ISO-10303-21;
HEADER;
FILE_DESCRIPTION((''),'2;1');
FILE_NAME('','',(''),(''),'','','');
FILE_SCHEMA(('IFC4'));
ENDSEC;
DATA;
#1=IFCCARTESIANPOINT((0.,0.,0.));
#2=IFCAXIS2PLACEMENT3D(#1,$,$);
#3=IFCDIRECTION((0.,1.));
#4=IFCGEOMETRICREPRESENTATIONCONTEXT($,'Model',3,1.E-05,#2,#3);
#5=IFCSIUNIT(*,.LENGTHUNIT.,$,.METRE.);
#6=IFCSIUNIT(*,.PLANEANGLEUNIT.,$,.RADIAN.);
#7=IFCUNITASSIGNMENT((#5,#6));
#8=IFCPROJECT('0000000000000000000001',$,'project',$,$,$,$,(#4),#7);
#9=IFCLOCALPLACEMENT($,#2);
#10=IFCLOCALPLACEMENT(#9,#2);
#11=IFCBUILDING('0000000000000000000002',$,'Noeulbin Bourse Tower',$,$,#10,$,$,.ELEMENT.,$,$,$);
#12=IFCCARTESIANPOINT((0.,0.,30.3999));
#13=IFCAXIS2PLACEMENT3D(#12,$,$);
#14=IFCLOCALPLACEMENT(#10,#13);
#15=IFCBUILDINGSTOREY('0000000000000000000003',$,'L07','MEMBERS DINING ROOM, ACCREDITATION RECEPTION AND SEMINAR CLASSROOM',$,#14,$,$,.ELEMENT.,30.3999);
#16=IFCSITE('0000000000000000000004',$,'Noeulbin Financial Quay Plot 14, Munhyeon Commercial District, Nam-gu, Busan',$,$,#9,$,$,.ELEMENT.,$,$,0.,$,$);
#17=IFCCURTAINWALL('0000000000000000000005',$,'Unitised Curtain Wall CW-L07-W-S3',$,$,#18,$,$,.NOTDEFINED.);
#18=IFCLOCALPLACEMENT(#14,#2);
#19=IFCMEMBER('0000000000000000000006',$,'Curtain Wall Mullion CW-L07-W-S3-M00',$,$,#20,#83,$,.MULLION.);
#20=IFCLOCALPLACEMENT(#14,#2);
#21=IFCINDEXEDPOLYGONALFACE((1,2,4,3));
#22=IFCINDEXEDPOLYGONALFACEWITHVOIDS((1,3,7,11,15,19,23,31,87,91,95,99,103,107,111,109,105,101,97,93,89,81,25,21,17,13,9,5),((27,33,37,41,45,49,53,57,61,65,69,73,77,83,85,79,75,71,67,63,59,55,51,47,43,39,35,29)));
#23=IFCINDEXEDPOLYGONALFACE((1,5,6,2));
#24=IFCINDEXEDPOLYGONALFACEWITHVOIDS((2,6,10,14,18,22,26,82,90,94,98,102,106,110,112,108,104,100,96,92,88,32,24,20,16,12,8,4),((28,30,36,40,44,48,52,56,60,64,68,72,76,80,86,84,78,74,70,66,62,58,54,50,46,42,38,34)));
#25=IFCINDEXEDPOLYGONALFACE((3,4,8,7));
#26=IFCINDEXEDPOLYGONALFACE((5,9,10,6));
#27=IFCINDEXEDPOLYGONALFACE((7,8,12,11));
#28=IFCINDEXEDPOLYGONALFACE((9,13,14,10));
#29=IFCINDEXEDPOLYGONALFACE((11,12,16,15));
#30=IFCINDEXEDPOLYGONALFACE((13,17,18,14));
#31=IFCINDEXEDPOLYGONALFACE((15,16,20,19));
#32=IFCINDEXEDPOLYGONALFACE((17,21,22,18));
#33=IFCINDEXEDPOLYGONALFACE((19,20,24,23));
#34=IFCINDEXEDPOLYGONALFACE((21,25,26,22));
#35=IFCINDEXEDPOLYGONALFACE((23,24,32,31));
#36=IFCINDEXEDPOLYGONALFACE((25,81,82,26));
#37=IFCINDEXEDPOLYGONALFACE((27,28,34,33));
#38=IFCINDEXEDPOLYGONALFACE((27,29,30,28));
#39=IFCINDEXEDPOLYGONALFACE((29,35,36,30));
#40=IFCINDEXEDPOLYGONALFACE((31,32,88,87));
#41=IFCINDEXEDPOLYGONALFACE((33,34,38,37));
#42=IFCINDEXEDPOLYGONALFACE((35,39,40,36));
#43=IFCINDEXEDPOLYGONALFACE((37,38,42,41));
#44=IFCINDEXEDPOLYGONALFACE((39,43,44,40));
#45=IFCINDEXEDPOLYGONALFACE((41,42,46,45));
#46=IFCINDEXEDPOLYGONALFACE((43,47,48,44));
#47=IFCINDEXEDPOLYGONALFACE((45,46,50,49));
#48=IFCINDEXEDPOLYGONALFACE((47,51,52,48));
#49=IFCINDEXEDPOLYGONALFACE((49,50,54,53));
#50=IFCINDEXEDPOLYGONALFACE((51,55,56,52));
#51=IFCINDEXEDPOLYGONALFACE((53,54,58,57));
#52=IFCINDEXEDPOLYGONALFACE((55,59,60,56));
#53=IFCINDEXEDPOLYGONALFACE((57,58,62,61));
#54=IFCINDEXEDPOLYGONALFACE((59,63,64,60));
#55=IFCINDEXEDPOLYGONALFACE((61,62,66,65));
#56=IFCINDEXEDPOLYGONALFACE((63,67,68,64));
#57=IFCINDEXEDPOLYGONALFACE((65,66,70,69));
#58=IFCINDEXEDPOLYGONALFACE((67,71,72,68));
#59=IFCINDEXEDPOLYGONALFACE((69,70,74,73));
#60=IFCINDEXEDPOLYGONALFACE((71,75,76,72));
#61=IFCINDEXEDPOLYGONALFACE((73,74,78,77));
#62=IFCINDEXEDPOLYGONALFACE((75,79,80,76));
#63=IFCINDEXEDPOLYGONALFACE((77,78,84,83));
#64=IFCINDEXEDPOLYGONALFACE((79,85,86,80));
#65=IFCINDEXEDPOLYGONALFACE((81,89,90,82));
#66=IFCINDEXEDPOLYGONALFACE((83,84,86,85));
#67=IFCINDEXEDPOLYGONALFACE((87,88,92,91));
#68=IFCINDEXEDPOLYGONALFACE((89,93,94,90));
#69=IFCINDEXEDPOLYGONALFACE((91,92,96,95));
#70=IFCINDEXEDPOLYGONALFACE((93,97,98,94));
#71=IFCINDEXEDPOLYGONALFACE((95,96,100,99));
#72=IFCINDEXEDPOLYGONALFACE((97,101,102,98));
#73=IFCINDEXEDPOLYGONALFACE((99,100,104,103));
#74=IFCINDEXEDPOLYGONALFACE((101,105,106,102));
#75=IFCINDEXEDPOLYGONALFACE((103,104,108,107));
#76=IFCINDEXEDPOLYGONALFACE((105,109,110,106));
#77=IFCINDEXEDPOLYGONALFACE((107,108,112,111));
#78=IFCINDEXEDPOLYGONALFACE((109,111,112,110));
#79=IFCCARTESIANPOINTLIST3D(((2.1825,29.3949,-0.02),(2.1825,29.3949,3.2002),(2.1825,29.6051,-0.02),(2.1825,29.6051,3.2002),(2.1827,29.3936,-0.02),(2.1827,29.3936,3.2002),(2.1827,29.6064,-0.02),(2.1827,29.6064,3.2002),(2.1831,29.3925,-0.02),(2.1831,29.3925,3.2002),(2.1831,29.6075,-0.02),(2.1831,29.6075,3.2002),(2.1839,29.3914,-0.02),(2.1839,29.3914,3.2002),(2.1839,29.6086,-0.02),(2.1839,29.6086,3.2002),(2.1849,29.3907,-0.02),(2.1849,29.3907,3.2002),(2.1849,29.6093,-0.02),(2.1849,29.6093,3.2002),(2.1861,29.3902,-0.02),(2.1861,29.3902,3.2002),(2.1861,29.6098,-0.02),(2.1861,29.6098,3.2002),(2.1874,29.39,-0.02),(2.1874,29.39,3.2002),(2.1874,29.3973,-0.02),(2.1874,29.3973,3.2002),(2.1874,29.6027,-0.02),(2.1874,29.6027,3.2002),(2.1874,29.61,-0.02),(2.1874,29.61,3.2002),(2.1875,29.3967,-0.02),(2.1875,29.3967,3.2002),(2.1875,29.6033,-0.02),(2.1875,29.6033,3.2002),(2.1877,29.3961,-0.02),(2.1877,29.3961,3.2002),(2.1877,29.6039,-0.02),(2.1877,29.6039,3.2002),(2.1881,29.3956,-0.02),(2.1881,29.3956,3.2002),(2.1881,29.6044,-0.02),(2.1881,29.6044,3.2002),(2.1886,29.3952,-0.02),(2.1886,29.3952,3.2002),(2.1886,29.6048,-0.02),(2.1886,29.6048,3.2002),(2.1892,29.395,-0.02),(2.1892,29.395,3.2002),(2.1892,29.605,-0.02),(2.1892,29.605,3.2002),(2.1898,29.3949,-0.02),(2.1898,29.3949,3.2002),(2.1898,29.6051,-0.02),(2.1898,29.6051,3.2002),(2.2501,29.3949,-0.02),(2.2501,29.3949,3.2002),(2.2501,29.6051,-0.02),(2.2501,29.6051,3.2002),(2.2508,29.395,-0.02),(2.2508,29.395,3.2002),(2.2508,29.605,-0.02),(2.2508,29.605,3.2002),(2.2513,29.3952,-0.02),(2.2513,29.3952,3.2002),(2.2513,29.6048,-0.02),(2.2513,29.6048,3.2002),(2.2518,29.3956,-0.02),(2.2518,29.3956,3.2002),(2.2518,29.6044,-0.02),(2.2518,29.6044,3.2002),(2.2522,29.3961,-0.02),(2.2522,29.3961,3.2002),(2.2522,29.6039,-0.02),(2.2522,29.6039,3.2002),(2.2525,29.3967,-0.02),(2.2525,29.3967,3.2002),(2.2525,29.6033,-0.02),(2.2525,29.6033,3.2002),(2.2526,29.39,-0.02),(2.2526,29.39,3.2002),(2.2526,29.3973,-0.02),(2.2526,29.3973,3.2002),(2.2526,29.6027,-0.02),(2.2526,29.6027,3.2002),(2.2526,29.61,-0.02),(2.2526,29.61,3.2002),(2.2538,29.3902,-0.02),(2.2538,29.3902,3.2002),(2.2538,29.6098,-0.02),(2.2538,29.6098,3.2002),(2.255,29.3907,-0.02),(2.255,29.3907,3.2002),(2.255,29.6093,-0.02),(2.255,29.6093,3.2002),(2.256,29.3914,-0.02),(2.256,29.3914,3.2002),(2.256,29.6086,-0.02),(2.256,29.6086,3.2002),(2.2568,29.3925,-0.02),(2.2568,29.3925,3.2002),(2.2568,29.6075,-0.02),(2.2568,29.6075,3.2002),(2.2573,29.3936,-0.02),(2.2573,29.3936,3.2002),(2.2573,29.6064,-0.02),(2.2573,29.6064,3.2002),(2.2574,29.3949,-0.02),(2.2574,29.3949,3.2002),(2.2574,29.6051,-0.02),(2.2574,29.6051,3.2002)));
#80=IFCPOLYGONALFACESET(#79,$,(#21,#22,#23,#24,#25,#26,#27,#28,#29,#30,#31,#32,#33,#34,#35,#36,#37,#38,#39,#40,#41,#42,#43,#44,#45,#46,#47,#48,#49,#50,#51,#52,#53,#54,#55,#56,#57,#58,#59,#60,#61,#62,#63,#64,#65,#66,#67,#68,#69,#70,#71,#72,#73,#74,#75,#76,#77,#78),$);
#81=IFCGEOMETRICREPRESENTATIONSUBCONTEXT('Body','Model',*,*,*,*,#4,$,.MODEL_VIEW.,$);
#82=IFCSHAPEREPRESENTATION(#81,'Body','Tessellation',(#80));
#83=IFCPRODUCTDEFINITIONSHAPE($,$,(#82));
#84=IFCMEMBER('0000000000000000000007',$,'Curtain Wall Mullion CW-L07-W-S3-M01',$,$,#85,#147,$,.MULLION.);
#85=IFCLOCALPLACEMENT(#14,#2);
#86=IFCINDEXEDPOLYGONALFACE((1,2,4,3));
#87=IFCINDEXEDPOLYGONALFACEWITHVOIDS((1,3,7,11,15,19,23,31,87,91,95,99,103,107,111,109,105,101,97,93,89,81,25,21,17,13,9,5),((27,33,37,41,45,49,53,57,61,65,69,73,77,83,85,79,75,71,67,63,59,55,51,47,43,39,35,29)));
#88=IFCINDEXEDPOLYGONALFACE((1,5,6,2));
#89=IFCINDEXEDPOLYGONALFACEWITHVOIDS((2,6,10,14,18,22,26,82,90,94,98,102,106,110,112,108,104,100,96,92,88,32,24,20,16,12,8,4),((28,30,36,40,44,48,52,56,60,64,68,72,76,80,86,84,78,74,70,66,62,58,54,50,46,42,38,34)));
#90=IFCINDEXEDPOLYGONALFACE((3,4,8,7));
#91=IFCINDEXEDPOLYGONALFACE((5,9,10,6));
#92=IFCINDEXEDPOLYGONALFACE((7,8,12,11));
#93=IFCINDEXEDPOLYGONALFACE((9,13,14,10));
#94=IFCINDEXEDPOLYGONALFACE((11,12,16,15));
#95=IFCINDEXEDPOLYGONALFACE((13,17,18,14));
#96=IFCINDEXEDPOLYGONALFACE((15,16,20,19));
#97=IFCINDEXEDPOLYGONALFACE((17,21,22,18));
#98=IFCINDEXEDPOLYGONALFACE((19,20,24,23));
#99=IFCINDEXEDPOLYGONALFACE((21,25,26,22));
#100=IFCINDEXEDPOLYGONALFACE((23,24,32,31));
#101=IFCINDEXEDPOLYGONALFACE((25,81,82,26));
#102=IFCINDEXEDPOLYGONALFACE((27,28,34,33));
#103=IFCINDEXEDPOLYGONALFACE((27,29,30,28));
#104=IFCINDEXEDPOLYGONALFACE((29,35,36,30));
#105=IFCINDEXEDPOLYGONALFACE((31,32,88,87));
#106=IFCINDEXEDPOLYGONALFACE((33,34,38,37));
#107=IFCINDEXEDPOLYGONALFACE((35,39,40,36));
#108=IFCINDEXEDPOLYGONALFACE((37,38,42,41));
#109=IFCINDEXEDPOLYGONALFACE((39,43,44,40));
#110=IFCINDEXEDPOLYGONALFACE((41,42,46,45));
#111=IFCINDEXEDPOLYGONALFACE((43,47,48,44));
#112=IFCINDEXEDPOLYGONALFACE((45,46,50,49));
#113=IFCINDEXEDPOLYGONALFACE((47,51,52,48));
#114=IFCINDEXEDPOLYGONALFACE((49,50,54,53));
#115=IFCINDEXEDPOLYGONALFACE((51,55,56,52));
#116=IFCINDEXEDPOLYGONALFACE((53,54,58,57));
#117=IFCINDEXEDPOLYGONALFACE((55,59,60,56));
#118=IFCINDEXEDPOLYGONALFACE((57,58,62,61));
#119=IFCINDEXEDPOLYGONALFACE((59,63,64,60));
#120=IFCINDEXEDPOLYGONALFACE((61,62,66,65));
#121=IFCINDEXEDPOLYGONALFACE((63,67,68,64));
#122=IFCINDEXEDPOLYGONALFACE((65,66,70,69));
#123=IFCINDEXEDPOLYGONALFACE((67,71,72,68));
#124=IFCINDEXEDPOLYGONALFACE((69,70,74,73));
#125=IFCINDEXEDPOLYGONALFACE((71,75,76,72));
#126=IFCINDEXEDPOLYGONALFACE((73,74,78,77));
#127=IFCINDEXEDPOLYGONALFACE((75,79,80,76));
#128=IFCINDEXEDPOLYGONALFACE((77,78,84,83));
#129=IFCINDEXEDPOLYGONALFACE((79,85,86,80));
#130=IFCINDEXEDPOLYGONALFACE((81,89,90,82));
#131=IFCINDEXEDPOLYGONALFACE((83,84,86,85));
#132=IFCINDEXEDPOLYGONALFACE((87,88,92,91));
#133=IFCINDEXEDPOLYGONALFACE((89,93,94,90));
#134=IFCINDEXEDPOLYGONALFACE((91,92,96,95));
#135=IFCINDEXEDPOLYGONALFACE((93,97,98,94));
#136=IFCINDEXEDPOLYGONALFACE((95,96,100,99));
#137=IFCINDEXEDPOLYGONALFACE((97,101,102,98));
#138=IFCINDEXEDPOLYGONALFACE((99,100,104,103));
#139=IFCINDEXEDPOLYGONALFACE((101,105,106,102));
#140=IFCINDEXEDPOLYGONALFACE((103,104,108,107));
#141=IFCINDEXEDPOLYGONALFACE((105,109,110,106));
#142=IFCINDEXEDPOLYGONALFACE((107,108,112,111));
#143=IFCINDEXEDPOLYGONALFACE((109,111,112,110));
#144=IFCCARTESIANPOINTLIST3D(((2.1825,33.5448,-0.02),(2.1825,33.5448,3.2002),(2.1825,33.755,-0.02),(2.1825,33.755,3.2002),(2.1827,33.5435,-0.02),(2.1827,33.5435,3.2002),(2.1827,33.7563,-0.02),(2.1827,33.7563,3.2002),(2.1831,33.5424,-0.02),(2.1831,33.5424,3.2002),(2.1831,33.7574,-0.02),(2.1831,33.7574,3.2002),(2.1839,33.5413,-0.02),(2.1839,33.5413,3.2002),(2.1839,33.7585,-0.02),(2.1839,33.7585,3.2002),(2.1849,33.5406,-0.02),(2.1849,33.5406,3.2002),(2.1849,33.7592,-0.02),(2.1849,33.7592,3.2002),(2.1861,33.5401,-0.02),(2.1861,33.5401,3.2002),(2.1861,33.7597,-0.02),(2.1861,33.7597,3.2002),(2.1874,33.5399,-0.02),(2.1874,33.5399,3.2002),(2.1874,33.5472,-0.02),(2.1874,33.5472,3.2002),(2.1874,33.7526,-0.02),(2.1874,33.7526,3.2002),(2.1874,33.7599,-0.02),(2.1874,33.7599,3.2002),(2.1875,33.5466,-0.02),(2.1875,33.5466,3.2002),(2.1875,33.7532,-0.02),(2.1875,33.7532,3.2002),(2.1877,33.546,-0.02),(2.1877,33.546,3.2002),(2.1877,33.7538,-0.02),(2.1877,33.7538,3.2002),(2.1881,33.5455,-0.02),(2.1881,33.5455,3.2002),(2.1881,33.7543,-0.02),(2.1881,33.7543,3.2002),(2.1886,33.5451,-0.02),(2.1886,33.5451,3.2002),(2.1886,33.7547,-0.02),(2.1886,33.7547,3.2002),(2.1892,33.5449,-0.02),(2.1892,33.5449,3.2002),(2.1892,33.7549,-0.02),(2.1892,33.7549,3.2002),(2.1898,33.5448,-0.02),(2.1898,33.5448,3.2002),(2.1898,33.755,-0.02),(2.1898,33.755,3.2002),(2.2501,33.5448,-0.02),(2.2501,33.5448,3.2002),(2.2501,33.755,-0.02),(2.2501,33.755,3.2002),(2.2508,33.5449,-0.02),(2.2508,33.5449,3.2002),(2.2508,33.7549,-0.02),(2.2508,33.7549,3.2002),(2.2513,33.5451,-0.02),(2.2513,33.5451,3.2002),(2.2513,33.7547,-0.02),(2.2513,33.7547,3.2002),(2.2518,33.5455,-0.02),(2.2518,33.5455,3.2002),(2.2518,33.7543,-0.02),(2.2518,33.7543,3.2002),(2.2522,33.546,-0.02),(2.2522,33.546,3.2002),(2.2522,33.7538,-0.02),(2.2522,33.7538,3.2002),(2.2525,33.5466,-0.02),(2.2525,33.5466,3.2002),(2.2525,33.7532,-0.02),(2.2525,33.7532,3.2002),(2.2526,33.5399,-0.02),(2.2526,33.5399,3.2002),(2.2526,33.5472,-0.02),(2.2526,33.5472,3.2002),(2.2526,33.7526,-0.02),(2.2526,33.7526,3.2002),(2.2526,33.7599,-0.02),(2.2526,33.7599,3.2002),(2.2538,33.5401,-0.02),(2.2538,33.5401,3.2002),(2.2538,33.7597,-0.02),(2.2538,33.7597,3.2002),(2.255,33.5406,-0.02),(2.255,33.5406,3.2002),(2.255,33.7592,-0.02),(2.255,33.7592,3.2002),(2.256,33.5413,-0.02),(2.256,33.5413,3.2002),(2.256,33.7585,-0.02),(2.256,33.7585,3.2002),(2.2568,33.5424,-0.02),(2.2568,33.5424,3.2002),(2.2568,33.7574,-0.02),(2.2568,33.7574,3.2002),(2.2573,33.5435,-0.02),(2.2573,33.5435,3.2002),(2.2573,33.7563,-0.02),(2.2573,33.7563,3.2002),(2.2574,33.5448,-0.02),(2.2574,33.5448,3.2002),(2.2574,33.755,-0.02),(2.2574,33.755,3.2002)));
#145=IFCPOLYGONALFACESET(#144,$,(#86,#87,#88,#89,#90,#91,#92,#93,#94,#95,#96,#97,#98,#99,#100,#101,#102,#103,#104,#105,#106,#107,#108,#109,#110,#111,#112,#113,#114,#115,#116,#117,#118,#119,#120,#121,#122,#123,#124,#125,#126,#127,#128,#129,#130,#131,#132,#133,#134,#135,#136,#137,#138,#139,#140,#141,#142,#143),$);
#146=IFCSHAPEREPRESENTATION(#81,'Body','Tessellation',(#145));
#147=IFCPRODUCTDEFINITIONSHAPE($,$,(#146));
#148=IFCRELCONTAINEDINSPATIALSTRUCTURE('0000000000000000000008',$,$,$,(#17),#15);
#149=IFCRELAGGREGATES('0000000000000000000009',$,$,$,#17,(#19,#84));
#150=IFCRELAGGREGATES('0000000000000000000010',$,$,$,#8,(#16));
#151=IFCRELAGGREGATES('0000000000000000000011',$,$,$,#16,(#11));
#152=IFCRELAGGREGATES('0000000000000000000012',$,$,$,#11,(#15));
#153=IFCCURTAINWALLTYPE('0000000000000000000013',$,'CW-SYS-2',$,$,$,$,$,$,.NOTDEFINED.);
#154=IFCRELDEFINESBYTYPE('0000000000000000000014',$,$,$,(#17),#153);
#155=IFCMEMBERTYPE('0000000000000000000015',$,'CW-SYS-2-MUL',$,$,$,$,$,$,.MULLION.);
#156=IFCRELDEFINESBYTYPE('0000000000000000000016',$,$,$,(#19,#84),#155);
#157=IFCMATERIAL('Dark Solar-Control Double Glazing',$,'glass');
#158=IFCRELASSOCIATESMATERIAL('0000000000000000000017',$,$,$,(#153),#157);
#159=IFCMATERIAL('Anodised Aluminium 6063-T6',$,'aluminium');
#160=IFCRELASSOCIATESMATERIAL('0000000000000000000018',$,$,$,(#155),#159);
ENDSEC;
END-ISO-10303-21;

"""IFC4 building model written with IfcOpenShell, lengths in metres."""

from ifc_helpers import new_model, si_unit, direction, frame, origin, origin_2d, place, context, subcontext, project, spatial, hollow_rectangle, extrude, material, material_profile, profile_set, type_object, element, aggregate, save


model = new_model("IFC4")

# Units and contexts
model_context = context("Model", 3, precision=1e-05, world=origin(), true_north=direction((0.0, 1.0)))
body_context = subcontext(model_context, "Body", "Model", "MODEL_VIEW")
ifc_project = project(units=[si_unit("LENGTHUNIT", "METRE"), si_unit("PLANEANGLEUNIT", "RADIAN")], contexts=[model_context])

# Site, building, storey
site_placement = place(None, origin())
site = spatial("IfcSite", under=ifc_project, at=site_placement, Name="Noeulbin Financial Quay Plot 14, Munhyeon Commercial District, Nam-gu, Busan", CompositionType="ELEMENT", RefElevation=0.0)
building_placement = place(site_placement, origin())
building = spatial("IfcBuilding", under=site, at=building_placement, Name="Noeulbin Bourse Tower", CompositionType="ELEMENT")
storey_placement = place(building_placement, frame((0.0, 0.0, 30.3999)))
storey = spatial("IfcBuildingStorey", under=building, at=storey_placement, Name="L07", Description="MEMBERS DINING ROOM, ACCREDITATION RECEPTION AND SEMINAR CLASSROOM", CompositionType="ELEMENT", Elevation=30.3999)

# Shared definitions
ifc_material_1 = material(Name="Dark Solar-Control Double Glazing", Category="glass")
curtain_wall_type = type_object("IfcCurtainWallType", Name="CW-SYS-2", PredefinedType="NOTDEFINED", material=ifc_material_1)
ifc_material_2 = material(Name="Anodised Aluminium 6063-T6", Category="aluminium")
ifc_material_profile_1 = material_profile(ifc_material_2, hollow_rectangle(XDim=0.075, YDim=0.22, WallThickness=0.0049, InnerFilletRadius=0.0024, OuterFilletRadius=0.0049, at=origin_2d()), Name="ALU-MULL-75x220x5", Category="LoadBearing")
ifc_profile_set_1 = profile_set([ifc_material_profile_1], Name="Anodised Aluminium 6063-T6")
member_type_1 = type_object("IfcMemberType", Name="CW-SYS-2-MUL", PredefinedType="MULLION", material=ifc_profile_set_1)

# Curtain wall, members
curtain_wall_1_placement = place(storey_placement, origin())
curtain_wall_1 = element("IfcCurtainWall", 1, at=curtain_wall_1_placement, inside=storey, type_object=curtain_wall_type, Name="Unitised Curtain Wall CW-L07-W-S3", PredefinedType="NOTDEFINED")
member_1_placement = place(storey_placement, frame((2.22, 29.5, -0.02), z_axis=(0.0, 0.0, 1.0), x_axis=(1.0, 0.0, 0.0)))
member_1 = element("IfcMember", 2, at=member_1_placement, type_object=member_type_1, Name="Curtain Wall Mullion CW-L07-W-S3-M00", PredefinedType="MULLION", context=body_context, shape_type="SweptSolid", body=[
    extrude(hollow_rectangle(XDim=0.075, YDim=0.22, WallThickness=0.0049, InnerFilletRadius=0.0024, OuterFilletRadius=0.0049, at=origin_2d()), origin(), (0.0, 0.0, 1.0), 3.2202),
])
member_2_placement = place(storey_placement, frame((2.22, 33.6499, -0.02), z_axis=(0.0, 0.0, 1.0), x_axis=(1.0, 0.0, 0.0)))
member_2 = element("IfcMember", 3, at=member_2_placement, type_object=member_type_1, Name="Curtain Wall Mullion CW-L07-W-S3-M01", PredefinedType="MULLION", context=body_context, shape_type="SweptSolid", body=[
    extrude(hollow_rectangle(XDim=0.075, YDim=0.22, WallThickness=0.0049, InnerFilletRadius=0.0024, OuterFilletRadius=0.0049, at=origin_2d()), origin(), (0.0, 0.0, 1.0), 3.2202),
])
aggregate(curtain_wall_1, [member_1, member_2])

save(model, "model.ifc")
